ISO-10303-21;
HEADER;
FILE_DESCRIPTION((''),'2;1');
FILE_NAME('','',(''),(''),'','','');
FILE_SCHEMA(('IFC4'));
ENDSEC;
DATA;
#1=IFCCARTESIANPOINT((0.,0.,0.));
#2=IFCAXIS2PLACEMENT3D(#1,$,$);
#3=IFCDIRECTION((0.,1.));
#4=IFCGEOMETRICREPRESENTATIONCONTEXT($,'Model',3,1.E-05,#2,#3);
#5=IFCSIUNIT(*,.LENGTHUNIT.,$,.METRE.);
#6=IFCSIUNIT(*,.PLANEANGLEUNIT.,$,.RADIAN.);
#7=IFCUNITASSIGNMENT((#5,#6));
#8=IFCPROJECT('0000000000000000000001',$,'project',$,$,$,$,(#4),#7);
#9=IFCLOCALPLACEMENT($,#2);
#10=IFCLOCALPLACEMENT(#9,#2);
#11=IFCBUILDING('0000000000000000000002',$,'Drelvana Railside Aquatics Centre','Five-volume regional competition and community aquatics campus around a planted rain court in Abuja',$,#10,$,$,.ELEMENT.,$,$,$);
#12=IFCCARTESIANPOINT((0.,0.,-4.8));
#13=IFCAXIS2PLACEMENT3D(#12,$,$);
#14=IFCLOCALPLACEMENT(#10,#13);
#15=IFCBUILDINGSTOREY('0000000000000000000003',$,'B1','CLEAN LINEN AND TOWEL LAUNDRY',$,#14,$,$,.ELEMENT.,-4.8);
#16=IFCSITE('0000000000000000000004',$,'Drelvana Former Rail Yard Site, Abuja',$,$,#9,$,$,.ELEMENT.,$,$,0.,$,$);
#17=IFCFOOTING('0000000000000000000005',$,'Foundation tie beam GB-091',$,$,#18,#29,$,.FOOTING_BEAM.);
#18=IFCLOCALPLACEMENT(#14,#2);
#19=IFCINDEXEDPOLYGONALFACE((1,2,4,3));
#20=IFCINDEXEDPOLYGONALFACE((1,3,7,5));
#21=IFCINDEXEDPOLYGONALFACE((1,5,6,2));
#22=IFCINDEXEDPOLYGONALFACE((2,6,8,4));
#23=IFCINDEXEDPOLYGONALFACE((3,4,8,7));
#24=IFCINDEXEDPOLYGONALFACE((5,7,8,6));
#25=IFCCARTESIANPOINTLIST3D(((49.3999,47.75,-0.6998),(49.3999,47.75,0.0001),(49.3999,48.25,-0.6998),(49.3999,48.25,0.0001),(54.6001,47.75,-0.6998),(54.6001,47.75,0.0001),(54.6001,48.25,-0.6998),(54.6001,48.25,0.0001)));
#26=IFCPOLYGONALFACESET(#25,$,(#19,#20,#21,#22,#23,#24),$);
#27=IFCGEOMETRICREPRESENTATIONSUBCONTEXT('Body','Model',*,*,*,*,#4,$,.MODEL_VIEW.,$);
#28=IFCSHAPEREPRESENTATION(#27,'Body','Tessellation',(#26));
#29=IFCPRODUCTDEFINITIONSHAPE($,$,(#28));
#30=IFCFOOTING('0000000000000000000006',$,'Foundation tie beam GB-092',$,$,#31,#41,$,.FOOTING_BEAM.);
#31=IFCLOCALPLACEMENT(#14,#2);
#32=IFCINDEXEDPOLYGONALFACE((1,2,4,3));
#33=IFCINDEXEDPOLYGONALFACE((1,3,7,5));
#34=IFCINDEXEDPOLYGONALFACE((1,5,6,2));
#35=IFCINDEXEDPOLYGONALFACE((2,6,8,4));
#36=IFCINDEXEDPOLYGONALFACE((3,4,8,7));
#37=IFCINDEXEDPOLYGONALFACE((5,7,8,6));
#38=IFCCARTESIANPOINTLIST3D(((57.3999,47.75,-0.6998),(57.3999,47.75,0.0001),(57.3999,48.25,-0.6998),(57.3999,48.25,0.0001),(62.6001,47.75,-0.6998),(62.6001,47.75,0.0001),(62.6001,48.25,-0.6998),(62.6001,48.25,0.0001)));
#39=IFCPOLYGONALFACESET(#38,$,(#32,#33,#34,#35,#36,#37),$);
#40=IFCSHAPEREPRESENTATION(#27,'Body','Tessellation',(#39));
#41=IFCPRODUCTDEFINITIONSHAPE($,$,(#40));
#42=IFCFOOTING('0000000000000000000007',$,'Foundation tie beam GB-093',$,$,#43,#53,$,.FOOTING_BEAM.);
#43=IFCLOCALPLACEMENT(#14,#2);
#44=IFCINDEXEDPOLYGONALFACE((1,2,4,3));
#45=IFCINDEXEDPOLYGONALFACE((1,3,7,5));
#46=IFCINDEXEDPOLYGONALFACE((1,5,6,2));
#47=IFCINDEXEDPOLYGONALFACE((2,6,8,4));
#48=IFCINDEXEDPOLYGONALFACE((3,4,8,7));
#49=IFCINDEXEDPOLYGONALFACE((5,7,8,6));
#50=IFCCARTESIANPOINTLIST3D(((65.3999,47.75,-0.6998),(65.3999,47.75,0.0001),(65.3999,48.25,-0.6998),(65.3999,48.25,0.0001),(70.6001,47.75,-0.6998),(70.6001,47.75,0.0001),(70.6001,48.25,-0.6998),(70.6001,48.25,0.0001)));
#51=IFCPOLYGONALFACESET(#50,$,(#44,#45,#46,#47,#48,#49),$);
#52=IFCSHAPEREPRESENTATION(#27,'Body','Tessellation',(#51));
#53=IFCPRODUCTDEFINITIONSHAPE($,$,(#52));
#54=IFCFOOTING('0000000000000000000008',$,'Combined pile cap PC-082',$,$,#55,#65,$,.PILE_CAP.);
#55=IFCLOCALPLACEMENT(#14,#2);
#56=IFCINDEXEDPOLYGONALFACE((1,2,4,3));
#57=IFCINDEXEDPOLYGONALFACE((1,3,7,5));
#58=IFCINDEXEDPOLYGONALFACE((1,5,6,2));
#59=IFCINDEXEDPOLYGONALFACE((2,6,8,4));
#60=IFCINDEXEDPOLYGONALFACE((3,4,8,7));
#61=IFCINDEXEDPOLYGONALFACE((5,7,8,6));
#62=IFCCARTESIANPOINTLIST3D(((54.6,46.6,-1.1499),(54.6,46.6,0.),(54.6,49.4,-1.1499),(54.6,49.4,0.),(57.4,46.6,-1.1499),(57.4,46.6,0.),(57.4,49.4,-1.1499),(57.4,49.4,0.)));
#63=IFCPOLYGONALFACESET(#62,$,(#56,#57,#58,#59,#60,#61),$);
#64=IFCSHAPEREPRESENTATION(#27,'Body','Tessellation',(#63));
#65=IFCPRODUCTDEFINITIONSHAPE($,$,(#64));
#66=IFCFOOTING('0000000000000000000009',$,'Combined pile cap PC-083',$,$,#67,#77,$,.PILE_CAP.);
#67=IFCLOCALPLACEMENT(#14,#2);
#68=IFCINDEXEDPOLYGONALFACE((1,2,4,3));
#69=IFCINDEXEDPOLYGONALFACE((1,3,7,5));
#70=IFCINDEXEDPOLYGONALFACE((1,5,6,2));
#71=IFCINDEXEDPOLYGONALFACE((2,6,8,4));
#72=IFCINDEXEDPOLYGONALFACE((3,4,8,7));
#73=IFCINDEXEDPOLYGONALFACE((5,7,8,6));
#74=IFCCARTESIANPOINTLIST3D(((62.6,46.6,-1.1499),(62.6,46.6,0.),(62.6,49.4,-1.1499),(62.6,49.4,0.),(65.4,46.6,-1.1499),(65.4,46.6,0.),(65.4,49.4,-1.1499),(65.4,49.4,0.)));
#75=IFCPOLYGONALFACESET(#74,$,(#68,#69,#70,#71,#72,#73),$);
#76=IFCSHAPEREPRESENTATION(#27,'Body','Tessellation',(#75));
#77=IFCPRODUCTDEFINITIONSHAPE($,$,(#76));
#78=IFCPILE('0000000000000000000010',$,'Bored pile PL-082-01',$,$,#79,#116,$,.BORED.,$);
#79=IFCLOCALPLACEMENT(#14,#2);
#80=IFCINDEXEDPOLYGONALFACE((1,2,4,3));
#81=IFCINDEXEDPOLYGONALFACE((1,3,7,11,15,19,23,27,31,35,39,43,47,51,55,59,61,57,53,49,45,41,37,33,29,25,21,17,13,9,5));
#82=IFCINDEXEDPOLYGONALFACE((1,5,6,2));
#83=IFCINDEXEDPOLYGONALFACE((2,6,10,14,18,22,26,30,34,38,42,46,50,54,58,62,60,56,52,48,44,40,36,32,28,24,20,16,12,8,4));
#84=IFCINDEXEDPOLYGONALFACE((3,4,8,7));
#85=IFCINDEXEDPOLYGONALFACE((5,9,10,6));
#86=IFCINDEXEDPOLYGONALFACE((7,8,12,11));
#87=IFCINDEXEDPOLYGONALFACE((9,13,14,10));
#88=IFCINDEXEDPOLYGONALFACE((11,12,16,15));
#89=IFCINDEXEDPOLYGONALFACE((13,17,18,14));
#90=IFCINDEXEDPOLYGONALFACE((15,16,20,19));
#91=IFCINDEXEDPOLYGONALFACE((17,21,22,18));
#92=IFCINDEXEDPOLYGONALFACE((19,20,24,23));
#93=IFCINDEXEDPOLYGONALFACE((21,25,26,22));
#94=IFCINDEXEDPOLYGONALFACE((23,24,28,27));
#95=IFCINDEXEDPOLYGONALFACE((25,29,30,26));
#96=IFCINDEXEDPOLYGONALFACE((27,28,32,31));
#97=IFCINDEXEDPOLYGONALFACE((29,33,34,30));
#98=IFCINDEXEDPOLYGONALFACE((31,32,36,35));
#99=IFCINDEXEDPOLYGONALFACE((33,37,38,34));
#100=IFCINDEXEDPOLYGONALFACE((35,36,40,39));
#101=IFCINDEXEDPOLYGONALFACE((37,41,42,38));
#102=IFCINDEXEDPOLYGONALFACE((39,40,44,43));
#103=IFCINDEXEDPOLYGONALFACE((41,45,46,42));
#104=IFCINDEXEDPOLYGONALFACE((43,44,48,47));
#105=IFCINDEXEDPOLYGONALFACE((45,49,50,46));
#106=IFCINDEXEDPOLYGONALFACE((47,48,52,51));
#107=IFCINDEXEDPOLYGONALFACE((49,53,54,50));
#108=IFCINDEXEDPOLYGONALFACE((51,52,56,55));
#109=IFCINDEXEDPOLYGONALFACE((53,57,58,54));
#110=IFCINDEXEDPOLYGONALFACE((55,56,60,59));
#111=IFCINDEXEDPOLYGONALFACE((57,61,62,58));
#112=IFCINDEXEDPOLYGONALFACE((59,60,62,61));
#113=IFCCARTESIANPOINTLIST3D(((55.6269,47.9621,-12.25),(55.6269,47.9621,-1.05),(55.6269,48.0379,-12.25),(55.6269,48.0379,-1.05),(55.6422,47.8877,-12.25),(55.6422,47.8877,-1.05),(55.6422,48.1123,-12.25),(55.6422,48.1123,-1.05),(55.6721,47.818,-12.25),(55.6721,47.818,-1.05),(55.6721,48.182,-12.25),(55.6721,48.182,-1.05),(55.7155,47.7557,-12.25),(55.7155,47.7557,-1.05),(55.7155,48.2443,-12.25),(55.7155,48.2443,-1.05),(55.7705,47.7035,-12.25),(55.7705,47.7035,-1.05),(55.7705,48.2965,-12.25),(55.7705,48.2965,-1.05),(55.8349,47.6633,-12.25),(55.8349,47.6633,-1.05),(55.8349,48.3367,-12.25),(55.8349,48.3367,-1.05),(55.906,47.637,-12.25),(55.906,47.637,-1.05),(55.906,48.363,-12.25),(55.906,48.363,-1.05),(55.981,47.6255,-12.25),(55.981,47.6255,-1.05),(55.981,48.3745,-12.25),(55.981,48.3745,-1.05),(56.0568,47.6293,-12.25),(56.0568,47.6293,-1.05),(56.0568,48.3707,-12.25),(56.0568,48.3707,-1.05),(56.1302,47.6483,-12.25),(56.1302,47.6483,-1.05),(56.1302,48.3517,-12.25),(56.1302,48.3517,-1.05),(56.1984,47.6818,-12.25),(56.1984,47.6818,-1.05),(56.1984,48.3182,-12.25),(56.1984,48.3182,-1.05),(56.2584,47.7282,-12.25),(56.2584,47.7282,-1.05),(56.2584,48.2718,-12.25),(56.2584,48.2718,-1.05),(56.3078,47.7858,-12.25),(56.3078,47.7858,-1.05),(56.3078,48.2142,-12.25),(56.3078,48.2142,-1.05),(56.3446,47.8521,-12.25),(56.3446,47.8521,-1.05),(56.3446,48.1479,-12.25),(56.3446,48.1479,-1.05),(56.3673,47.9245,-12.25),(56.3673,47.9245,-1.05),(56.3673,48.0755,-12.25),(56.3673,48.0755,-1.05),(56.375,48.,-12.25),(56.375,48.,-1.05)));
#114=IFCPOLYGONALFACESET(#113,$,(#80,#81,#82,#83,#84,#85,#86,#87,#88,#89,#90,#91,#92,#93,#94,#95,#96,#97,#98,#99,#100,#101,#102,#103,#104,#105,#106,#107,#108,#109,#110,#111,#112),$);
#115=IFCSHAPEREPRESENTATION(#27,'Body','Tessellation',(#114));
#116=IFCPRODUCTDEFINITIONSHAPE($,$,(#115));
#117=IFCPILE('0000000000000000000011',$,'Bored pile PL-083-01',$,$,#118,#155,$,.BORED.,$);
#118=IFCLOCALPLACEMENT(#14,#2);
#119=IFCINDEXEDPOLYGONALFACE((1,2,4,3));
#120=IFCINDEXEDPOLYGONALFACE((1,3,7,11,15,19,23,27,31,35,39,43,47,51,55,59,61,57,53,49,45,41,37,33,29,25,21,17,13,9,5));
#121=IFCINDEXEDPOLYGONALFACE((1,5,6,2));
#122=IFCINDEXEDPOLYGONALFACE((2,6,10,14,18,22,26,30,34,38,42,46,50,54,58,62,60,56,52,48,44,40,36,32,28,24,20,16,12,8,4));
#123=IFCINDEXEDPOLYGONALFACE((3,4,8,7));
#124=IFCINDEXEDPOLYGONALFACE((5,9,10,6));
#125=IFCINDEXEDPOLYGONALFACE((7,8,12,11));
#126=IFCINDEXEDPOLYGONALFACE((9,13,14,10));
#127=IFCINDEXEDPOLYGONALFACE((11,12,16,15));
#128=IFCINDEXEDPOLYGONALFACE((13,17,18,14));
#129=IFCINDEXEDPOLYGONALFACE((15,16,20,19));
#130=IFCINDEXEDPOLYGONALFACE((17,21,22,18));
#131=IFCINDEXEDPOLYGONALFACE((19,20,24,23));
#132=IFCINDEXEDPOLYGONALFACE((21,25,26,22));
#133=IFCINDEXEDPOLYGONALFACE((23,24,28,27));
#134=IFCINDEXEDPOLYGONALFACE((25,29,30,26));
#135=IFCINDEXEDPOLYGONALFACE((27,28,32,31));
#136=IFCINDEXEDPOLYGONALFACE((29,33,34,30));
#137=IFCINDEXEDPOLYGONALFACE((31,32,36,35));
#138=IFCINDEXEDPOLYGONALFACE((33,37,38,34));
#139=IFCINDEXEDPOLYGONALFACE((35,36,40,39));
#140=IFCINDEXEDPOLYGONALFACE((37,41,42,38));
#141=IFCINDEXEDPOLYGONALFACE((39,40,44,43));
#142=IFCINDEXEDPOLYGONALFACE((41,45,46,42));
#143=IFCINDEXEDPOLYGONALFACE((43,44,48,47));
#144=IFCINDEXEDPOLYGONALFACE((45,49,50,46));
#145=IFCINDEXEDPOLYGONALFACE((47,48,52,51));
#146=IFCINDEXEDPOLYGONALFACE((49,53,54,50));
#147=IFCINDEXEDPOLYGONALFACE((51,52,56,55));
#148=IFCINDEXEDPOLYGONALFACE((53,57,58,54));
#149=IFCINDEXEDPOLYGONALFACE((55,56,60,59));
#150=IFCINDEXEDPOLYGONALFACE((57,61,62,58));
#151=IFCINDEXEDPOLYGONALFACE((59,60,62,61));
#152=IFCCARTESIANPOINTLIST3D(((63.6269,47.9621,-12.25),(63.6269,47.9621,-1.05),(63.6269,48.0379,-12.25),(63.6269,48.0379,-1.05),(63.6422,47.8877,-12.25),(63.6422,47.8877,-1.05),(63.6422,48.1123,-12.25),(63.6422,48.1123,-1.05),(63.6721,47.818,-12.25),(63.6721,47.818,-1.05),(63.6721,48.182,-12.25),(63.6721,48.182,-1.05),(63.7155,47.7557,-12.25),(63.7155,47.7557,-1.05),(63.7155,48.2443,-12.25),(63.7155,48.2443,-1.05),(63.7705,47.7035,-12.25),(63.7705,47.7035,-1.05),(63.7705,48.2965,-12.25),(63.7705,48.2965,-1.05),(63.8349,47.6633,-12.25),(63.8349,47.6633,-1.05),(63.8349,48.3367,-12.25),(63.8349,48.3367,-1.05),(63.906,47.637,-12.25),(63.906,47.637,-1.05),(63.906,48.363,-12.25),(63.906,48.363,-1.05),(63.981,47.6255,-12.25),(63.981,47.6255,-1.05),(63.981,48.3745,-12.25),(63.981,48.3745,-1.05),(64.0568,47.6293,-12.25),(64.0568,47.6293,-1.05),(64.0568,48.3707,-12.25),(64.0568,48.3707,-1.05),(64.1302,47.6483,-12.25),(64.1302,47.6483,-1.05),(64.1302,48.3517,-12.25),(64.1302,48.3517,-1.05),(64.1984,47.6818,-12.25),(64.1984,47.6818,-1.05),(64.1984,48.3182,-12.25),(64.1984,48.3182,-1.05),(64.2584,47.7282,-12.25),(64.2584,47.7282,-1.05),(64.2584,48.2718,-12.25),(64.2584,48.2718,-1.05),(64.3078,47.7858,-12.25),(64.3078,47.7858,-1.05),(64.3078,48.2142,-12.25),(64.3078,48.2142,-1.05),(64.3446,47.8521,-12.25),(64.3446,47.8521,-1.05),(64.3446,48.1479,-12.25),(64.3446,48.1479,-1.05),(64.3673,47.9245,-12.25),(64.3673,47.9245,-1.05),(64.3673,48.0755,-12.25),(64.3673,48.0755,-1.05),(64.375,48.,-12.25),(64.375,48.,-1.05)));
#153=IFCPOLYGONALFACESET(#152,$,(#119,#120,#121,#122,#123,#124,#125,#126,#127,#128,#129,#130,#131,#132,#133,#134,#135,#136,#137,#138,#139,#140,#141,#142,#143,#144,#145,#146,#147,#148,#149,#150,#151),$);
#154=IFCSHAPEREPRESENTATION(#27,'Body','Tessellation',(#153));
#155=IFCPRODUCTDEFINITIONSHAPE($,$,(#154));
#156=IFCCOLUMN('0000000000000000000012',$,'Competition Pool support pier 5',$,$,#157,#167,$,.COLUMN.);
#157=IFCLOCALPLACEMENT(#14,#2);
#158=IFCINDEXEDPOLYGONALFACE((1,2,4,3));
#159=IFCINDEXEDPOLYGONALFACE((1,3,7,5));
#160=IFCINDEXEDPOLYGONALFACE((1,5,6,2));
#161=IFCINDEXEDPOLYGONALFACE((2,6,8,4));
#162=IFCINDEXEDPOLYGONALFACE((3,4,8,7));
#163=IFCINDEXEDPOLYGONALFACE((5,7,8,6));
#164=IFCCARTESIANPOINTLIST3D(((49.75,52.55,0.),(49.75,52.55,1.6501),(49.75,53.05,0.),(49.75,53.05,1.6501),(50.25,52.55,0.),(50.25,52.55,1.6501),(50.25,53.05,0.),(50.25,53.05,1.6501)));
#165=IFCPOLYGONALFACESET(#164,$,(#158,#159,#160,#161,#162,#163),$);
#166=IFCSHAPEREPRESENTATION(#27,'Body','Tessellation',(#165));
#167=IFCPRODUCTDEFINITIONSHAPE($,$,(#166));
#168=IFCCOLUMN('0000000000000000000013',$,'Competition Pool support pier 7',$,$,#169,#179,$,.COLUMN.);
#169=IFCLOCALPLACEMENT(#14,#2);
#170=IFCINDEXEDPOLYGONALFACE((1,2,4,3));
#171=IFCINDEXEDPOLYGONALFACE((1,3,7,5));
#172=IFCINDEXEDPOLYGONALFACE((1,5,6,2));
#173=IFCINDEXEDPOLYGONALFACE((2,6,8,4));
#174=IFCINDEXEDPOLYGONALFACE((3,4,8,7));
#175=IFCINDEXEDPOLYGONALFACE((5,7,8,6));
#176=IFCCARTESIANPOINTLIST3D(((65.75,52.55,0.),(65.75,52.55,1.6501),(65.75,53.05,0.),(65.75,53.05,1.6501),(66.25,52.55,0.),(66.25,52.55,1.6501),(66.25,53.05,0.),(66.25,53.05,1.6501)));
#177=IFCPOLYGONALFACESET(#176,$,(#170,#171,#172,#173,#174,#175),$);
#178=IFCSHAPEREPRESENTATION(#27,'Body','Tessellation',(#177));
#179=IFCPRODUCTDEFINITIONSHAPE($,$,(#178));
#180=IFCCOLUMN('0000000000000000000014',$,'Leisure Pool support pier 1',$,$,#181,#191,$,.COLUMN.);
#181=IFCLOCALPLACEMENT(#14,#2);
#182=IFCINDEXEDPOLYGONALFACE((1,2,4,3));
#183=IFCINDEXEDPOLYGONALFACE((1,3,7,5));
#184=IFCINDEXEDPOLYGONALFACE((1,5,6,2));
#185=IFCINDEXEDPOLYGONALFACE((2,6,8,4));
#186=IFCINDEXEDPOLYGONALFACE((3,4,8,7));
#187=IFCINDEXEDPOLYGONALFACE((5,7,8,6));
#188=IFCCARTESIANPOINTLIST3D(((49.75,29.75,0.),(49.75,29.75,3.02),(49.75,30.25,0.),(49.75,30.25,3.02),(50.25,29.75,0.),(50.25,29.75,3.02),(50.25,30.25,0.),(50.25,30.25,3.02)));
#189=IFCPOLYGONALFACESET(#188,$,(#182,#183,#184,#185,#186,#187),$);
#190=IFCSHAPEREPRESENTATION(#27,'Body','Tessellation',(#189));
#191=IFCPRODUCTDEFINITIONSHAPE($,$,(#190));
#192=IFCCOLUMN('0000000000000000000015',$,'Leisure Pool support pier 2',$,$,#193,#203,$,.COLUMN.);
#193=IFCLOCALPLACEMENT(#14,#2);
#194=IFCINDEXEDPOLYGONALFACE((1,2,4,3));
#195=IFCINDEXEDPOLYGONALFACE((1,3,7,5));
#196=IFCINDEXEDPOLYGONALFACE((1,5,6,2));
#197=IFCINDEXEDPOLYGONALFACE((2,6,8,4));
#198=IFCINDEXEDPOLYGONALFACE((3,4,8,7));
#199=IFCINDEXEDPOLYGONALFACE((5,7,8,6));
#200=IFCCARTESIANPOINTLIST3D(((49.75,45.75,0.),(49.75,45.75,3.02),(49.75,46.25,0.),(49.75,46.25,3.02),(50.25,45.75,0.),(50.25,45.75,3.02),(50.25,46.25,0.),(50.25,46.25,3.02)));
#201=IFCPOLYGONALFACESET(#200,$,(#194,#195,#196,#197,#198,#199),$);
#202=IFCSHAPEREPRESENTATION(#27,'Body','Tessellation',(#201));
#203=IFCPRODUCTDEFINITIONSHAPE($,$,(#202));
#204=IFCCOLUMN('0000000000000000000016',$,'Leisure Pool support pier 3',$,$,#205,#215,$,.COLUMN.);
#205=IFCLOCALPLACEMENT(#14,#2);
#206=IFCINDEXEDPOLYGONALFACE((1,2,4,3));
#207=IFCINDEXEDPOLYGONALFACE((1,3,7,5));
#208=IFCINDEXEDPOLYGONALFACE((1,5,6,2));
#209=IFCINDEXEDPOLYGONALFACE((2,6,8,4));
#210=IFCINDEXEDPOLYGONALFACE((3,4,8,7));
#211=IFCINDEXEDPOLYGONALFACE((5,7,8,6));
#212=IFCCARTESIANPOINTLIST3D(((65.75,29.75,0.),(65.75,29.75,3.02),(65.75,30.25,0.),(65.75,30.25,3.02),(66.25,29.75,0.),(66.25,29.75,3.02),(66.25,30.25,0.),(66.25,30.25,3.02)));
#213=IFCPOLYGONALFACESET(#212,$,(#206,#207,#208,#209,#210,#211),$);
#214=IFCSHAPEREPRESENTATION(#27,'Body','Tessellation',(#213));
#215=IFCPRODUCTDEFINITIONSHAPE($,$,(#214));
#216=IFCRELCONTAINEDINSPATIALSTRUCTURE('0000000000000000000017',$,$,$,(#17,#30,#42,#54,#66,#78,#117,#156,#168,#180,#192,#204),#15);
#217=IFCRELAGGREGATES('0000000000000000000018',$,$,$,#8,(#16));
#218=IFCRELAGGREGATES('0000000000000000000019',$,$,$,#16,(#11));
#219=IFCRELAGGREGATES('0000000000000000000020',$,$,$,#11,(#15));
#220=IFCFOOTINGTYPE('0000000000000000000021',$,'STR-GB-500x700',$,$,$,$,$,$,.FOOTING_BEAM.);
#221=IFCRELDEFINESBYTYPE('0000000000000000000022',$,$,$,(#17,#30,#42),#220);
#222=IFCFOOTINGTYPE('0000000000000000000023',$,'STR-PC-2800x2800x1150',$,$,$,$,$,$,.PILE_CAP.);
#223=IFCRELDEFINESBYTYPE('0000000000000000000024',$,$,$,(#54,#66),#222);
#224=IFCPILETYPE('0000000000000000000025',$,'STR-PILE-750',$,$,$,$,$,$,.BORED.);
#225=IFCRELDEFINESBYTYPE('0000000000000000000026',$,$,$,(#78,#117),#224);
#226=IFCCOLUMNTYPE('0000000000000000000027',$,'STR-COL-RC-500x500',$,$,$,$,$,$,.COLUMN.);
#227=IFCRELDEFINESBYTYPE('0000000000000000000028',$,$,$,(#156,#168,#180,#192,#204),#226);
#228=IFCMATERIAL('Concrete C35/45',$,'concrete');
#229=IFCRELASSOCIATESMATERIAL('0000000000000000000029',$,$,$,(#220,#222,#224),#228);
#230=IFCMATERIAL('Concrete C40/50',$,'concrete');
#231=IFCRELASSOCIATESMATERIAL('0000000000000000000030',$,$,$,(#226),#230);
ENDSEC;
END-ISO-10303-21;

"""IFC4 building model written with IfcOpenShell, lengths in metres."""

from ifc_helpers import new_model, si_unit, direction, frame, origin, origin_2d, place, context, subcontext, project, spatial, rectangle, circle, extrude, material, material_profile, profile_set, type_object, element, save


model = new_model("IFC4")

# Units and contexts
model_context = context("Model", 3, precision=1e-05, world=origin(), true_north=direction((0.0, 1.0)))
body_context = subcontext(model_context, "Body", "Model", "MODEL_VIEW")
ifc_project = project(units=[si_unit("LENGTHUNIT", "METRE"), si_unit("PLANEANGLEUNIT", "RADIAN")], contexts=[model_context])

# Site, building, storey
site_placement = place(None, origin())
site = spatial("IfcSite", under=ifc_project, at=site_placement, Name="Drelvana Former Rail Yard Site, Abuja", CompositionType="ELEMENT", RefElevation=0.0)
building_placement = place(site_placement, origin())
building = spatial("IfcBuilding", under=site, at=building_placement, Name="Drelvana Railside Aquatics Centre", Description="Five-volume regional competition and community aquatics campus around a planted rain court in Abuja", CompositionType="ELEMENT")
storey_placement = place(building_placement, frame((0.0, 0.0, -4.8)))
storey = spatial("IfcBuildingStorey", under=building, at=storey_placement, Name="B1", Description="CLEAN LINEN AND TOWEL LAUNDRY", CompositionType="ELEMENT", Elevation=-4.8)

# Footings
ifc_material_1 = material(Name="Concrete C35/45", Category="concrete")
ifc_material_profile_1 = material_profile(ifc_material_1, rectangle(XDim=0.5, YDim=0.7, at=origin_2d()), Name="GB 500x700")
ifc_profile_set_1 = profile_set([ifc_material_profile_1], Name="Concrete C35/45")
footing_type_1 = type_object("IfcFootingType", Name="STR-GB-500x700", PredefinedType="FOOTING_BEAM", material=ifc_profile_set_1)
for number, where, z_axis, x_axis, name in (
    (1, (49.3999, 48.0, -0.3499), (1.0, 0.0, 0.0), (0.0, 1.0, 0.0), "Foundation tie beam GB-091"),
    (2, (57.3999, 48.0, -0.3499), (1.0, 0.0, 0.0), (0.0, 1.0, 0.0), "Foundation tie beam GB-092"),
    (3, (65.3999, 48.0, -0.3499), (1.0, 0.0, 0.0), (0.0, 1.0, 0.0), "Foundation tie beam GB-093"),
):
    element("IfcFooting", number, at=place(storey_placement, frame(where, z_axis=z_axis, x_axis=x_axis)), inside=storey, type_object=footing_type_1, Name=name, PredefinedType="FOOTING_BEAM", context=body_context, shape_type="SweptSolid", body=[
        extrude(rectangle(XDim=0.5, YDim=0.7, at=origin_2d()), origin(), (0.0, 0.0, 1.0), 5.2002),
    ])
footing_type_2 = type_object("IfcFootingType", Name="STR-PC-2800x2800x1150", PredefinedType="PILE_CAP", material=ifc_material_1)
for number, where, z_axis, x_axis, name in (
    (4, (56.0, 48.0, -1.1499), (0.0, 0.0, 1.0), (1.0, 0.0, 0.0), "Combined pile cap PC-082"),
    (5, (64.0, 48.0, -1.1499), (0.0, 0.0, 1.0), (1.0, 0.0, 0.0), "Combined pile cap PC-083"),
):
    element("IfcFooting", number, at=place(storey_placement, frame(where, z_axis=z_axis, x_axis=x_axis)), inside=storey, type_object=footing_type_2, Name=name, PredefinedType="PILE_CAP", context=body_context, shape_type="SweptSolid", body=[
        extrude(rectangle(XDim=2.8, YDim=2.8, at=origin_2d()), origin(), (0.0, 0.0, 1.0), 1.1499),
    ])

# Piles
ifc_material_profile_2 = material_profile(ifc_material_1, circle(Radius=0.375, at=origin_2d()), Name="PILE D750")
ifc_profile_set_2 = profile_set([ifc_material_profile_2], Name="Concrete C35/45")
pile_type = type_object("IfcPileType", Name="STR-PILE-750", PredefinedType="BORED", material=ifc_profile_set_2)
for number, where, z_axis, x_axis, name in (
    (6, (56.0, 48.0, -1.05), (0.0, 0.0, -1.0), (1.0, 0.0, 0.0), "Bored pile PL-082-01"),
    (7, (64.0, 48.0, -1.05), (0.0, 0.0, -1.0), (1.0, 0.0, 0.0), "Bored pile PL-083-01"),
):
    element("IfcPile", number, at=place(storey_placement, frame(where, z_axis=z_axis, x_axis=x_axis)), inside=storey, type_object=pile_type, Name=name, PredefinedType="BORED", context=body_context, shape_type="SweptSolid", body=[
        extrude(circle(Radius=0.375, at=origin_2d()), origin(), (0.0, 0.0, 1.0), 11.2),
    ])

# Columns
ifc_material_2 = material(Name="Concrete C40/50", Category="concrete")
ifc_material_profile_3 = material_profile(ifc_material_2, rectangle(XDim=0.5, YDim=0.5, at=origin_2d()), Name="RC 500x500")
ifc_profile_set_3 = profile_set([ifc_material_profile_3], Name="Concrete C40/50")
column_type_1 = type_object("IfcColumnType", Name="STR-COL-RC-500x500", PredefinedType="COLUMN", material=ifc_profile_set_3)
for number, where, z_axis, x_axis, name in (
    (8, (50.0, 52.8, 0.0), (0.0, 0.0, 1.0), (1.0, 0.0, 0.0), "Competition Pool support pier 5"),
    (9, (66.0, 52.8, 0.0), (0.0, 0.0, 1.0), (1.0, 0.0, 0.0), "Competition Pool support pier 7"),
):
    element("IfcColumn", number, at=place(storey_placement, frame(where, z_axis=z_axis, x_axis=x_axis)), inside=storey, type_object=column_type_1, Name=name, PredefinedType="COLUMN", context=body_context, shape_type="SweptSolid", body=[
        extrude(rectangle(XDim=0.5, YDim=0.5, at=origin_2d()), origin(), (0.0, 0.0, 1.0), 1.6501),
    ])
for number, where, z_axis, x_axis, name in (
    (10, (50.0, 30.0, 0.0), (0.0, 0.0, 1.0), (1.0, 0.0, 0.0), "Leisure Pool support pier 1"),
    (11, (50.0, 46.0, 0.0), (0.0, 0.0, 1.0), (1.0, 0.0, 0.0), "Leisure Pool support pier 2"),
    (12, (66.0, 30.0, 0.0), (0.0, 0.0, 1.0), (1.0, 0.0, 0.0), "Leisure Pool support pier 3"),
):
    element("IfcColumn", number, at=place(storey_placement, frame(where, z_axis=z_axis, x_axis=x_axis)), inside=storey, type_object=column_type_1, Name=name, PredefinedType="COLUMN", context=body_context, shape_type="SweptSolid", body=[
        extrude(rectangle(XDim=0.5, YDim=0.5, at=origin_2d()), origin(), (0.0, 0.0, 1.0), 3.02),
    ])

save(model, "model.ifc")
